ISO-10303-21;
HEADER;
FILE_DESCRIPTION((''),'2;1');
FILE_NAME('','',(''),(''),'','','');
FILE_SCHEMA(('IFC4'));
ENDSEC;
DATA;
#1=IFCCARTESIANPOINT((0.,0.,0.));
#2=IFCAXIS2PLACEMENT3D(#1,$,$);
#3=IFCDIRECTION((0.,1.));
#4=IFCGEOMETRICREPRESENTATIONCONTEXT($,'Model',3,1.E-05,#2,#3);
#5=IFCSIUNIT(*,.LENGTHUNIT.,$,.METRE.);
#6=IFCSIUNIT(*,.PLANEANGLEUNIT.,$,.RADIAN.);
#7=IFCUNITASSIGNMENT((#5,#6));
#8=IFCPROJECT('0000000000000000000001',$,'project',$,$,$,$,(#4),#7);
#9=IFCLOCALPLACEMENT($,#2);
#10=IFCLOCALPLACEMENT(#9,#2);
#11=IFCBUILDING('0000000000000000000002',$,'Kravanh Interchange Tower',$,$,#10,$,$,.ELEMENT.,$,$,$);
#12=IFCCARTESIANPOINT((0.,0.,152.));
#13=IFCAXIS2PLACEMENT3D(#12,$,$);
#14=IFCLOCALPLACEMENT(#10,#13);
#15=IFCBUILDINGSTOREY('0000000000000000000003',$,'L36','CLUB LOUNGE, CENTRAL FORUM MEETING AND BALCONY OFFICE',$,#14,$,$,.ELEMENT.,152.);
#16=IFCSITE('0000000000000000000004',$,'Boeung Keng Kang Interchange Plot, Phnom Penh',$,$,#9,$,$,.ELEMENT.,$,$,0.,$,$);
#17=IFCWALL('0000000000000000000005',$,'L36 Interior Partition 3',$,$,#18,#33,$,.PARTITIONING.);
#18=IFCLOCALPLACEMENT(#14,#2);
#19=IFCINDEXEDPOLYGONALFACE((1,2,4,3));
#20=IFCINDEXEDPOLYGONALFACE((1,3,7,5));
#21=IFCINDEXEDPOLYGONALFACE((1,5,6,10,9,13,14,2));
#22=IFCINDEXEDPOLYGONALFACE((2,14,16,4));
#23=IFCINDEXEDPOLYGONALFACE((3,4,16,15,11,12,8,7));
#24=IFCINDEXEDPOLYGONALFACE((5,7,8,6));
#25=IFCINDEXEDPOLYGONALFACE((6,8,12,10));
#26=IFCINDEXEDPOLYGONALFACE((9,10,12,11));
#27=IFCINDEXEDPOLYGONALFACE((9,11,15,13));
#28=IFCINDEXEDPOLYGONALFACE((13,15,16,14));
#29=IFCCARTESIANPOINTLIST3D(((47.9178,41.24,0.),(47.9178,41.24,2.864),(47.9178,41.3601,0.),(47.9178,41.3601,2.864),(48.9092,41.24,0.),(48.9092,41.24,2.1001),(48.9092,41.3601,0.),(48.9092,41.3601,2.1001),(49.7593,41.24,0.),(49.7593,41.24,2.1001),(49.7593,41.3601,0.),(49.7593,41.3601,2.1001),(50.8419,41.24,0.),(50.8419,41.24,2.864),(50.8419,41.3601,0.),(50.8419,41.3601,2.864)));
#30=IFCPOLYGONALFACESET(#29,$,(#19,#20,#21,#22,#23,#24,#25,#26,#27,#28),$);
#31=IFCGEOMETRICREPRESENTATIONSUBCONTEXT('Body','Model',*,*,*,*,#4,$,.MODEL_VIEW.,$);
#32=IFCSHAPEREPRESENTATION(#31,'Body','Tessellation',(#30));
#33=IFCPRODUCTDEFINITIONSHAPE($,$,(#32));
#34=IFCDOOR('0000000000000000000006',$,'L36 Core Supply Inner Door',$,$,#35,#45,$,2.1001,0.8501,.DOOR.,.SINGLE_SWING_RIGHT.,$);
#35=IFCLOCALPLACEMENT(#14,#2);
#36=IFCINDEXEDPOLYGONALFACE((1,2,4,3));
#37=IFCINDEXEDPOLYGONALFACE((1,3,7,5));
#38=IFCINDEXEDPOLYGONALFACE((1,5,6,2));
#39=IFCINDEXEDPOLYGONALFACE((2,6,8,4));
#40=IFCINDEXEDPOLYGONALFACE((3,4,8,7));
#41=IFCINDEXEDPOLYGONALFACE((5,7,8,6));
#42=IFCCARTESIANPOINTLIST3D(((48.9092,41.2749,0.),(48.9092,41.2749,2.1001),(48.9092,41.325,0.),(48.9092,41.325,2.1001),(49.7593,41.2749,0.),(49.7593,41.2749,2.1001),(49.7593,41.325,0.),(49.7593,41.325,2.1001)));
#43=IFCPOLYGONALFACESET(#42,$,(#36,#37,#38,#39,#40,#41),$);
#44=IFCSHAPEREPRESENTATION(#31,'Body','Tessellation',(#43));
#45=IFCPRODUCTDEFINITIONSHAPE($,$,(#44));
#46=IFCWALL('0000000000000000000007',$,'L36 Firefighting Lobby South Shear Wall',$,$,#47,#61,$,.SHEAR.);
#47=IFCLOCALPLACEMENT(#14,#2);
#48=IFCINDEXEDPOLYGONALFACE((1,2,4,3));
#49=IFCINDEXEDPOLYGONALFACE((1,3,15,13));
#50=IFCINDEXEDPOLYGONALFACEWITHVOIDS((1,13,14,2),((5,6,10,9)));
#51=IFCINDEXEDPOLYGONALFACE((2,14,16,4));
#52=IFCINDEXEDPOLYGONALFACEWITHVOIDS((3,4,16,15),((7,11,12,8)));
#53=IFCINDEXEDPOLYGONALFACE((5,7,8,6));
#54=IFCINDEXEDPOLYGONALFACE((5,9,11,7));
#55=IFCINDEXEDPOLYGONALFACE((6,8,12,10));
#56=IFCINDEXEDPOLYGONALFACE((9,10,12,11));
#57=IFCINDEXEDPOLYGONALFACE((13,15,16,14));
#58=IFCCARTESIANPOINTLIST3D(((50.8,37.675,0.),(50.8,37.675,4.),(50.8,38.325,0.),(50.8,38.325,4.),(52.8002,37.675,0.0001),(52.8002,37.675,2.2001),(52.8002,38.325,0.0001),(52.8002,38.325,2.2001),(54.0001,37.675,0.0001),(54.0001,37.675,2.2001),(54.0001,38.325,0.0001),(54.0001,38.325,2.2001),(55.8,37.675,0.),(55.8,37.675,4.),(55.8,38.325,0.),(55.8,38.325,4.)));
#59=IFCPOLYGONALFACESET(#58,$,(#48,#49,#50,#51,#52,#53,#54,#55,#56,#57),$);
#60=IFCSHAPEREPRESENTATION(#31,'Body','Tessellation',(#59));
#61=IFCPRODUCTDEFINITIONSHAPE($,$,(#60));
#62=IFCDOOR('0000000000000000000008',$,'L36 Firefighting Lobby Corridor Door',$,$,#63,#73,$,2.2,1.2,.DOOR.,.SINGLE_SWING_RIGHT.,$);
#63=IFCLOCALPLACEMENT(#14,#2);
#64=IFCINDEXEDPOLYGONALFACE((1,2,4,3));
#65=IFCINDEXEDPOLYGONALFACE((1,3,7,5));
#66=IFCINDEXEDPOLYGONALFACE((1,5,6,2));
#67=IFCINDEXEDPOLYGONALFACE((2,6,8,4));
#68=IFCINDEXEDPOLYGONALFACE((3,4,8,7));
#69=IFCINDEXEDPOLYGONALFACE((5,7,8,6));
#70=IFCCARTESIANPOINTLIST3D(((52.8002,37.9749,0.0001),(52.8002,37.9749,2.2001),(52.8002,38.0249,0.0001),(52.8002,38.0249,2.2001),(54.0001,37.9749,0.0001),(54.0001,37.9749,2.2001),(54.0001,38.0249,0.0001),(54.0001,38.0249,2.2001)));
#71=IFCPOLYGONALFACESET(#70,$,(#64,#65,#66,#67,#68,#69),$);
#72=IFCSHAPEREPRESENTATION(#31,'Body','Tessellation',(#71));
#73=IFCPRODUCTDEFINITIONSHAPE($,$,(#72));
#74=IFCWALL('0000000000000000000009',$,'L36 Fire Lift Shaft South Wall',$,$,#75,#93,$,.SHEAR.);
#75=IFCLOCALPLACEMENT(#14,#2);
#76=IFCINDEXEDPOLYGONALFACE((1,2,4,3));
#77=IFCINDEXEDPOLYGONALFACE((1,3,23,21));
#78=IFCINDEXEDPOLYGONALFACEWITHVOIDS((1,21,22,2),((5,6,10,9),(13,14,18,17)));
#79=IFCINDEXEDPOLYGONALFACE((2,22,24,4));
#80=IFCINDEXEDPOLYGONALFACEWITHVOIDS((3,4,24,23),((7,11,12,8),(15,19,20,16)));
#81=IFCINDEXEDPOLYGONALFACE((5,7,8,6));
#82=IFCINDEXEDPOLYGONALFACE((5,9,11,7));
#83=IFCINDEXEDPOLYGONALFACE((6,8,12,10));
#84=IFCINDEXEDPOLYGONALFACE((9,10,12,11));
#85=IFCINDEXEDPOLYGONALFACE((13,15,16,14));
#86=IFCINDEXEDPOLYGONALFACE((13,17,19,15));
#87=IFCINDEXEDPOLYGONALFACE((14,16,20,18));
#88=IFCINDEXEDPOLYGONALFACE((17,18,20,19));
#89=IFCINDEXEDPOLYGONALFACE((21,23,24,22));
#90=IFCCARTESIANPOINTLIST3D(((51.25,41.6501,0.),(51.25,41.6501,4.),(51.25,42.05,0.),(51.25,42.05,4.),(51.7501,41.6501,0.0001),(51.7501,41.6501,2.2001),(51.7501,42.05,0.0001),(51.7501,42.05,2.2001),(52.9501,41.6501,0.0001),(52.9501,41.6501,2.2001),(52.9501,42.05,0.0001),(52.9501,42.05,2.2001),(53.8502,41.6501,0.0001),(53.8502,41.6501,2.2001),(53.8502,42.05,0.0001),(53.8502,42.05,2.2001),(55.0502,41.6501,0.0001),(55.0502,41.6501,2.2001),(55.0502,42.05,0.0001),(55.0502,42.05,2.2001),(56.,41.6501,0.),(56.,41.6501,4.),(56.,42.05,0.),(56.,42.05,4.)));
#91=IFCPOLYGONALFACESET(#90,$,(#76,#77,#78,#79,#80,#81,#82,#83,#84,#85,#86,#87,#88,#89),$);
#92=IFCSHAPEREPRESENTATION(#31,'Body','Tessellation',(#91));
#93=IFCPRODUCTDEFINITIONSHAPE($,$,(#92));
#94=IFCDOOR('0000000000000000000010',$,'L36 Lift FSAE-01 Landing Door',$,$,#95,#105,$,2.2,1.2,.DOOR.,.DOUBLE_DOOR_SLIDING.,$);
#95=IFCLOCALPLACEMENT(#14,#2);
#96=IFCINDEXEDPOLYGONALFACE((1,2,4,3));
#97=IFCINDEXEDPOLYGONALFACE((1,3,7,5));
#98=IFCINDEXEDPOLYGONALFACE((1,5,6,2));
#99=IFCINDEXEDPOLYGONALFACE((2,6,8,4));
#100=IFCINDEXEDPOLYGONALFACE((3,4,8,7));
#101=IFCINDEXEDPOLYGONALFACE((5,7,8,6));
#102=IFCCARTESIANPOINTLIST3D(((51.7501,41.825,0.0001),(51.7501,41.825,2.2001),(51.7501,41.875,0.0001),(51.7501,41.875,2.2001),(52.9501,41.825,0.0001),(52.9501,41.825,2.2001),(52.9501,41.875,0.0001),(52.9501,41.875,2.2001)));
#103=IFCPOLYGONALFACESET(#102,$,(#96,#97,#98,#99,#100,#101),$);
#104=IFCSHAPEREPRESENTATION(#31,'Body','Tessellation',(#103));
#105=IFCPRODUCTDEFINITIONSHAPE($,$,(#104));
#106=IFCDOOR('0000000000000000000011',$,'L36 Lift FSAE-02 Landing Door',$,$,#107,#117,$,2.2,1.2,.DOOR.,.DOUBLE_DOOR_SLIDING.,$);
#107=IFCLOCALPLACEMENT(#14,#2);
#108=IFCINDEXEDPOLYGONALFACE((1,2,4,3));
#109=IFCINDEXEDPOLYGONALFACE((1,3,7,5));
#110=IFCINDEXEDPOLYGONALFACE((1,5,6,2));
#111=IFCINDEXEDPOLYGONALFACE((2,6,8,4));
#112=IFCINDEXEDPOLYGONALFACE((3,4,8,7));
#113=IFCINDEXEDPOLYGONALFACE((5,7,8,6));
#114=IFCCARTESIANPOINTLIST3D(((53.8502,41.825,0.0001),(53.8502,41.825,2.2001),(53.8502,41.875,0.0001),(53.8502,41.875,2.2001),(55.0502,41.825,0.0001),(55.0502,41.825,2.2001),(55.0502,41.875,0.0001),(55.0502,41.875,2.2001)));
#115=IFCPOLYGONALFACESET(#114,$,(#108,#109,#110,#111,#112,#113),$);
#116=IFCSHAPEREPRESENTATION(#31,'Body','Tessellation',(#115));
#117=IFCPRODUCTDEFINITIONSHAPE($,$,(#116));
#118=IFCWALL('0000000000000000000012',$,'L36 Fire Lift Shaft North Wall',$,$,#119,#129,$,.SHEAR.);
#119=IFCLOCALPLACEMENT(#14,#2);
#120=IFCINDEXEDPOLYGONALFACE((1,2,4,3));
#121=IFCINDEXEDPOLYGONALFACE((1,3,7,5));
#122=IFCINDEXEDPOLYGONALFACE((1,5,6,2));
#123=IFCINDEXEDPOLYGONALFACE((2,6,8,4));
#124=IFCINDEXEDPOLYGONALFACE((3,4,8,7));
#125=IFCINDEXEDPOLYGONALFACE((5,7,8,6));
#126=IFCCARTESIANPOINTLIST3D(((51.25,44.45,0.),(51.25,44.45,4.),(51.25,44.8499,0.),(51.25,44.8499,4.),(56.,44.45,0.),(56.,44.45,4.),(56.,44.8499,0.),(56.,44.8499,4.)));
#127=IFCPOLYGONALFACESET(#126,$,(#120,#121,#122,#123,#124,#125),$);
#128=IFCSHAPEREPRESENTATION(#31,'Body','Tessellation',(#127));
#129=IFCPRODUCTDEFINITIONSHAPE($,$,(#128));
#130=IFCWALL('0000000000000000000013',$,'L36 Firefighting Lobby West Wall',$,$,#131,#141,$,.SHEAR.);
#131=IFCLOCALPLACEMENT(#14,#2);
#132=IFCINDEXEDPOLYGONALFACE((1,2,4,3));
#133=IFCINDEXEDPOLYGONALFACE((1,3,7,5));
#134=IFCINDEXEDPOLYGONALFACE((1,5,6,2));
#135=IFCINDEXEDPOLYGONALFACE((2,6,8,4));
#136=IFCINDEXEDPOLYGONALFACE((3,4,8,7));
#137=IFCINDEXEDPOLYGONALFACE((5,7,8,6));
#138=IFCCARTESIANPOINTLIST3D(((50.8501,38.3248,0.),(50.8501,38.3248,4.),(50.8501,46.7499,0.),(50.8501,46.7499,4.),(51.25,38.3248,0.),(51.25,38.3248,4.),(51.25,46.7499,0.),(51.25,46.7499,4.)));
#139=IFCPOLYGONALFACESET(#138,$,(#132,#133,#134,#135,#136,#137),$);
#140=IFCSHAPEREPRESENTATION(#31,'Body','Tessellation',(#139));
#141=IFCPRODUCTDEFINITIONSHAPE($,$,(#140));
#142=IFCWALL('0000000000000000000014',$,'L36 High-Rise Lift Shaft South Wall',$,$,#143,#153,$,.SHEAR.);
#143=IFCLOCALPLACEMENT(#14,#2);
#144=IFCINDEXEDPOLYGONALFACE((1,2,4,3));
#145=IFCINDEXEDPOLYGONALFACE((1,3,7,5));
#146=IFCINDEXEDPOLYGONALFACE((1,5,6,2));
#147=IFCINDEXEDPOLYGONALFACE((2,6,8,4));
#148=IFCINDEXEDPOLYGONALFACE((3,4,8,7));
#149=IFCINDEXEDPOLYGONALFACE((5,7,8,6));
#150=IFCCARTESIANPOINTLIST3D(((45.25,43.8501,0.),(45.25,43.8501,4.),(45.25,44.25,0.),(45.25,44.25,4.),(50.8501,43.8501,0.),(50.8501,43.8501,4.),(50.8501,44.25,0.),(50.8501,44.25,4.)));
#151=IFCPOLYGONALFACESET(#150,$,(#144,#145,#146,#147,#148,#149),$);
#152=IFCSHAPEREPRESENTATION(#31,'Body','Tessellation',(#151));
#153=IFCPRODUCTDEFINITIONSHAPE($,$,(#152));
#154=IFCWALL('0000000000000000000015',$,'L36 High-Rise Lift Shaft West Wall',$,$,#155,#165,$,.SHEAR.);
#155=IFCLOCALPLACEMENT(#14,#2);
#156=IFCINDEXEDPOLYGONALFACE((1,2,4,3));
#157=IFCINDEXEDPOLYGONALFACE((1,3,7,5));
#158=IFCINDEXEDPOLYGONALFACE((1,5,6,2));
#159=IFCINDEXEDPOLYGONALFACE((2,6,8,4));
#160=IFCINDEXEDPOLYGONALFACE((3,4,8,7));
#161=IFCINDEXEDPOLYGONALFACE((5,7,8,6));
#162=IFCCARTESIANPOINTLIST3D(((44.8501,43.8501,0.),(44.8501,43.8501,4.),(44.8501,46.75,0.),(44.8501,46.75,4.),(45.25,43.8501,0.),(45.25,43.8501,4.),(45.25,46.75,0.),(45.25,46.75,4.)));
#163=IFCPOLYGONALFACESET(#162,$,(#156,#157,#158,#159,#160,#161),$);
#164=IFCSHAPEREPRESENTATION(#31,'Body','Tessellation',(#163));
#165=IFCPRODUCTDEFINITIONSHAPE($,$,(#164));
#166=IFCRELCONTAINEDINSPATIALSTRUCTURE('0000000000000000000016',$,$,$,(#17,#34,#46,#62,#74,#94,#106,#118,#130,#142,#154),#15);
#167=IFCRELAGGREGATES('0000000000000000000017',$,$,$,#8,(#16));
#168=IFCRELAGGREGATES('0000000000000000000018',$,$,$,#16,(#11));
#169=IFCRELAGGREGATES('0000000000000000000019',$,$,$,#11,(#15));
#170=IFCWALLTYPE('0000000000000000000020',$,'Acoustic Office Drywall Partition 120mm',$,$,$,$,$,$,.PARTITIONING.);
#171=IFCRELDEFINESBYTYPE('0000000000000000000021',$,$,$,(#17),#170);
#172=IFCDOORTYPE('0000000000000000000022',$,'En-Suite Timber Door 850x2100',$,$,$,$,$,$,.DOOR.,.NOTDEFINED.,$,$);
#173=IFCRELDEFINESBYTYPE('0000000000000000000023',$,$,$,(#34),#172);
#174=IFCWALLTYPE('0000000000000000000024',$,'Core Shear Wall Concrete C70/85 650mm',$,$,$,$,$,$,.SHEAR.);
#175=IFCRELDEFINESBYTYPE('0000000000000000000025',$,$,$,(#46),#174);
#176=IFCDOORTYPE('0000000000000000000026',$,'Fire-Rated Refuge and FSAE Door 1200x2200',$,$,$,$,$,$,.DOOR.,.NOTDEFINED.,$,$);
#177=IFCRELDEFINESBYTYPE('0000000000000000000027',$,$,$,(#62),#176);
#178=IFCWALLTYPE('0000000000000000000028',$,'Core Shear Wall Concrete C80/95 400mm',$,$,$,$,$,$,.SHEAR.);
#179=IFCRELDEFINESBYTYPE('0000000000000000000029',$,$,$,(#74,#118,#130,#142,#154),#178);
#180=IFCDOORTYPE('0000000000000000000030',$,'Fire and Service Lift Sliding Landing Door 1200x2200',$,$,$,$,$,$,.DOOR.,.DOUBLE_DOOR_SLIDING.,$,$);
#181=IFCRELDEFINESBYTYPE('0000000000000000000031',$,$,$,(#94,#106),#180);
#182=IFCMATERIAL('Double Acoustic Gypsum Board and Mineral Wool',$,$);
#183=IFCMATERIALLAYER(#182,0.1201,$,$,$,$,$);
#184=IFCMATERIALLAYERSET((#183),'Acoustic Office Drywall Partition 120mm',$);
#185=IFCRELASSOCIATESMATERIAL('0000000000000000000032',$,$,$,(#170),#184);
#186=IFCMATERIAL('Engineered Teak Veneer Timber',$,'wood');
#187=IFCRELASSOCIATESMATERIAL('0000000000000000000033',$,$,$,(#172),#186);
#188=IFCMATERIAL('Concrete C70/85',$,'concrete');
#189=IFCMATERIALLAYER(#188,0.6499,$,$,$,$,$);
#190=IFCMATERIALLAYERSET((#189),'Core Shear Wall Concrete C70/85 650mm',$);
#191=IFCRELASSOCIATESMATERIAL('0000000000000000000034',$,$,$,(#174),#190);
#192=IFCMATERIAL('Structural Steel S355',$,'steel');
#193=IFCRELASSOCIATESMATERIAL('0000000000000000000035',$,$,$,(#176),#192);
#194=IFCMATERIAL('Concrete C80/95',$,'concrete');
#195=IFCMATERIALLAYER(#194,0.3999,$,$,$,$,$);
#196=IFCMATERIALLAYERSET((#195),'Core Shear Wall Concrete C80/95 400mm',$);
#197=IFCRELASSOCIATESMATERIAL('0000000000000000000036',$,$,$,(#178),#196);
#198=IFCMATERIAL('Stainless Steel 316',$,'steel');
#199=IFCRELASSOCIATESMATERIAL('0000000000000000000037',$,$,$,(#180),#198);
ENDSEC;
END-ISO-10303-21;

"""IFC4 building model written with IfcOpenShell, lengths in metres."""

from ifc_helpers import new_model, si_unit, direction, frame, frame_2d, origin, place, context, subcontext, project, spatial, rectangle, extrude, material, layer, layer_set, type_object, element, fill, save


model = new_model("IFC4")

# Units and contexts
model_context = context("Model", 3, precision=1e-05, world=origin(), true_north=direction((0.0, 1.0)))
body_context = subcontext(model_context, "Body", "Model", "MODEL_VIEW")
ifc_project = project(units=[si_unit("LENGTHUNIT", "METRE"), si_unit("PLANEANGLEUNIT", "RADIAN")], contexts=[model_context])

# Site, building, storey
site_placement = place(None, origin())
site = spatial("IfcSite", under=ifc_project, at=site_placement, Name="Boeung Keng Kang Interchange Plot, Phnom Penh", CompositionType="ELEMENT", RefElevation=0.0)
building_placement = place(site_placement, origin())
building = spatial("IfcBuilding", under=site, at=building_placement, Name="Kravanh Interchange Tower", CompositionType="ELEMENT")
storey_placement = place(building_placement, frame((0.0, 0.0, 152.0)))
storey = spatial("IfcBuildingStorey", under=building, at=storey_placement, Name="L36", Description="CLUB LOUNGE, CENTRAL FORUM MEETING AND BALCONY OFFICE", CompositionType="ELEMENT", Elevation=152.0)

# Shared definitions
ifc_material_1 = material(Name="Double Acoustic Gypsum Board and Mineral Wool")
ifc_layer_1 = layer(ifc_material_1, 0.1201)
ifc_layer_set_1 = layer_set([ifc_layer_1], Name="Acoustic Office Drywall Partition 120mm")
wall_type_1 = type_object("IfcWallType", Name="Acoustic Office Drywall Partition 120mm", PredefinedType="PARTITIONING", material=ifc_layer_set_1)

# Wall, opening, door
wall_1_placement = place(storey_placement, frame((47.918, 41.3, 0.0), z_axis=(0.0, 0.0, 1.0), x_axis=(1.0, 0.0, 0.0)))
wall_1 = element("IfcWall", 1, at=wall_1_placement, inside=storey, type_object=wall_type_1, Name="L36 Interior Partition 3", PredefinedType="PARTITIONING", context=body_context, shape_type="SweptSolid", body=[
    extrude(rectangle(XDim=2.9241, YDim=0.1201, at=frame_2d((1.4619, 0.0))), origin(), (0.0, 0.0, 1.0), 2.864),
])
opening_1_placement = place(wall_1_placement, frame((0.9912, 0.0, 0.0)))
opening_1 = element("IfcOpeningElement", 2, at=opening_1_placement, cuts=wall_1, PredefinedType="OPENING", context=body_context, shape_type="SweptSolid", body=[
    extrude(rectangle(XDim=0.8501, YDim=2.1001, at=frame_2d((0.425, 1.05))), frame((0.0, 0.0701, 0.0), z_axis=(0.0, -1.0, 0.0), x_axis=(1.0, 0.0, 0.0)), (0.0, 0.0, 1.0), 0.1401),
])
ifc_material_2 = material(Name="Engineered Teak Veneer Timber", Category="wood")
door_type_1 = type_object("IfcDoorType", Name="En-Suite Timber Door 850x2100", OperationType="NOTDEFINED", PredefinedType="DOOR", material=ifc_material_2)
door_1_placement = place(opening_1_placement, origin())
door_1 = element("IfcDoor", 3, at=door_1_placement, inside=storey, type_object=door_type_1, Name="L36 Core Supply Inner Door", OperationType="SINGLE_SWING_RIGHT", OverallHeight=2.1001, OverallWidth=0.8501, PredefinedType="DOOR", context=body_context, shape_type="SweptSolid", body=[
    extrude(rectangle(XDim=0.8501, YDim=2.1001, at=frame_2d((0.425, 1.05))), frame((0.0, 0.0249, 0.0), z_axis=(0.0, -1.0, 0.0), x_axis=(1.0, 0.0, 0.0)), (0.0, 0.0, 1.0), 0.05),
])
fill(opening_1, door_1)

# Shared definitions
ifc_material_3 = material(Name="Concrete C70/85", Category="concrete")
ifc_layer_2 = layer(ifc_material_3, 0.6499)
ifc_layer_set_2 = layer_set([ifc_layer_2], Name="Core Shear Wall Concrete C70/85 650mm")
wall_type_2 = type_object("IfcWallType", Name="Core Shear Wall Concrete C70/85 650mm", PredefinedType="SHEAR", material=ifc_layer_set_2)

# Wall, opening, door
wall_2_placement = place(storey_placement, frame((50.8, 38.0, 0.0), z_axis=(0.0, 0.0, 1.0), x_axis=(1.0, 0.0, 0.0)))
wall_2 = element("IfcWall", 4, at=wall_2_placement, inside=storey, type_object=wall_type_2, Name="L36 Firefighting Lobby South Shear Wall", PredefinedType="SHEAR", context=body_context, shape_type="SweptSolid", body=[
    extrude(rectangle(XDim=5.0, YDim=0.6499, at=frame_2d((2.5, 0.0))), origin(), (0.0, 0.0, 1.0), 4.0),
])
opening_2_placement = place(wall_2_placement, frame((2.0, 0.0, 0.0)))
opening_2 = element("IfcOpeningElement", 5, at=opening_2_placement, cuts=wall_2, PredefinedType="OPENING", context=body_context, shape_type="SweptSolid", body=[
    extrude(rectangle(XDim=1.2, YDim=2.2, at=frame_2d((0.6001, 1.1001))), frame((0.0, 0.335, 0.0), z_axis=(0.0, -1.0, 0.0), x_axis=(1.0, 0.0, 0.0)), (0.0, 0.0, 1.0), 0.6699),
])
ifc_material_4 = material(Name="Structural Steel S355", Category="steel")
door_type_2 = type_object("IfcDoorType", Name="Fire-Rated Refuge and FSAE Door 1200x2200", OperationType="NOTDEFINED", PredefinedType="DOOR", material=ifc_material_4)
door_2_placement = place(opening_2_placement, origin())
door_2 = element("IfcDoor", 6, at=door_2_placement, inside=storey, type_object=door_type_2, Name="L36 Firefighting Lobby Corridor Door", OperationType="SINGLE_SWING_RIGHT", OverallHeight=2.2, OverallWidth=1.2, PredefinedType="DOOR", context=body_context, shape_type="SweptSolid", body=[
    extrude(rectangle(XDim=1.2, YDim=2.2, at=frame_2d((0.6001, 1.1001))), frame((0.0, 0.0249, 0.0), z_axis=(0.0, -1.0, 0.0), x_axis=(1.0, 0.0, 0.0)), (0.0, 0.0, 1.0), 0.05),
])
fill(opening_2, door_2)

# Wall, openings, doors
ifc_material_5 = material(Name="Concrete C80/95", Category="concrete")
ifc_layer_3 = layer(ifc_material_5, 0.3999)
ifc_layer_set_3 = layer_set([ifc_layer_3], Name="Core Shear Wall Concrete C80/95 400mm")
wall_type_3 = type_object("IfcWallType", Name="Core Shear Wall Concrete C80/95 400mm", PredefinedType="SHEAR", material=ifc_layer_set_3)
wall_3_placement = place(storey_placement, frame((51.25, 41.8501, 0.0), z_axis=(0.0, 0.0, 1.0), x_axis=(1.0, 0.0, 0.0)))
wall_3 = element("IfcWall", 7, at=wall_3_placement, inside=storey, type_object=wall_type_3, Name="L36 Fire Lift Shaft South Wall", PredefinedType="SHEAR", context=body_context, shape_type="SweptSolid", body=[
    extrude(rectangle(XDim=4.75, YDim=0.3999, at=frame_2d((2.375, 0.0))), origin(), (0.0, 0.0, 1.0), 4.0),
])
opening_3_placement = place(wall_3_placement, frame((0.5, 0.0, 0.0)))
opening_3 = element("IfcOpeningElement", 8, at=opening_3_placement, cuts=wall_3, PredefinedType="OPENING", context=body_context, shape_type="SweptSolid", body=[
    extrude(rectangle(XDim=1.2, YDim=2.2, at=frame_2d((0.6001, 1.1001))), frame((0.0, 0.21, 0.0), z_axis=(0.0, -1.0, 0.0), x_axis=(1.0, 0.0, 0.0)), (0.0, 0.0, 1.0), 0.4199),
])
opening_4_placement = place(wall_3_placement, frame((2.6001, 0.0, 0.0)))
opening_4 = element("IfcOpeningElement", 9, at=opening_4_placement, cuts=wall_3, PredefinedType="OPENING", context=body_context, shape_type="SweptSolid", body=[
    extrude(rectangle(XDim=1.2, YDim=2.2, at=frame_2d((0.6001, 1.1001))), frame((0.0, 0.21, 0.0), z_axis=(0.0, -1.0, 0.0), x_axis=(1.0, 0.0, 0.0)), (0.0, 0.0, 1.0), 0.4199),
])
ifc_material_6 = material(Name="Stainless Steel 316", Category="steel")
door_type_3 = type_object("IfcDoorType", Name="Fire and Service Lift Sliding Landing Door 1200x2200", OperationType="DOUBLE_DOOR_SLIDING", PredefinedType="DOOR", material=ifc_material_6)
door_3_placement = place(opening_3_placement, origin())
door_3 = element("IfcDoor", 10, at=door_3_placement, inside=storey, type_object=door_type_3, Name="L36 Lift FSAE-01 Landing Door", OperationType="DOUBLE_DOOR_SLIDING", OverallHeight=2.2, OverallWidth=1.2, PredefinedType="DOOR", context=body_context, shape_type="SweptSolid", body=[
    extrude(rectangle(XDim=1.2, YDim=2.2, at=frame_2d((0.6001, 1.1001))), frame((0.0, 0.0249, 0.0), z_axis=(0.0, -1.0, 0.0), x_axis=(1.0, 0.0, 0.0)), (0.0, 0.0, 1.0), 0.05),
])
fill(opening_3, door_3)
door_4_placement = place(opening_4_placement, origin())
door_4 = element("IfcDoor", 11, at=door_4_placement, inside=storey, type_object=door_type_3, Name="L36 Lift FSAE-02 Landing Door", OperationType="DOUBLE_DOOR_SLIDING", OverallHeight=2.2, OverallWidth=1.2, PredefinedType="DOOR", context=body_context, shape_type="SweptSolid", body=[
    extrude(rectangle(XDim=1.2, YDim=2.2, at=frame_2d((0.6001, 1.1001))), frame((0.0, 0.0249, 0.0), z_axis=(0.0, -1.0, 0.0), x_axis=(1.0, 0.0, 0.0)), (0.0, 0.0, 1.0), 0.05),
])
fill(opening_4, door_4)

# Walls
wall_4_placement = place(storey_placement, frame((51.25, 44.6499, 0.0), z_axis=(0.0, 0.0, 1.0), x_axis=(1.0, 0.0, 0.0)))
element("IfcWall", 12, at=wall_4_placement, inside=storey, type_object=wall_type_3, Name="L36 Fire Lift Shaft North Wall", PredefinedType="SHEAR", context=body_context, shape_type="SweptSolid", body=[
    extrude(rectangle(XDim=4.75, YDim=0.3999, at=frame_2d((2.375, 0.0))), origin(), (0.0, 0.0, 1.0), 4.0),
])
wall_5_placement = place(storey_placement, frame((51.05, 38.325, 0.0), z_axis=(0.0, 0.0, 1.0), x_axis=(0.0, 1.0, 0.0)))
element("IfcWall", 13, at=wall_5_placement, inside=storey, type_object=wall_type_3, Name="L36 Firefighting Lobby West Wall", PredefinedType="SHEAR", context=body_context, shape_type="SweptSolid", body=[
    extrude(rectangle(XDim=8.425, YDim=0.3999, at=frame_2d((4.2124, 0.0))), origin(), (0.0, 0.0, 1.0), 4.0),
])
wall_6_placement = place(storey_placement, frame((45.25, 44.05, 0.0), z_axis=(0.0, 0.0, 1.0), x_axis=(1.0, 0.0, 0.0)))
element("IfcWall", 14, at=wall_6_placement, inside=storey, type_object=wall_type_3, Name="L36 High-Rise Lift Shaft South Wall", PredefinedType="SHEAR", context=body_context, shape_type="SweptSolid", body=[
    extrude(rectangle(XDim=5.6001, YDim=0.3999, at=frame_2d((2.8, 0.0))), origin(), (0.0, 0.0, 1.0), 4.0),
])
wall_7_placement = place(storey_placement, frame((45.05, 43.8501, 0.0), z_axis=(0.0, 0.0, 1.0), x_axis=(0.0, 1.0, 0.0)))
element("IfcWall", 15, at=wall_7_placement, inside=storey, type_object=wall_type_3, Name="L36 High-Rise Lift Shaft West Wall", PredefinedType="SHEAR", context=body_context, shape_type="SweptSolid", body=[
    extrude(rectangle(XDim=2.8999, YDim=0.3999, at=frame_2d((1.45, 0.0))), origin(), (0.0, 0.0, 1.0), 4.0),
])

save(model, "model.ifc")
